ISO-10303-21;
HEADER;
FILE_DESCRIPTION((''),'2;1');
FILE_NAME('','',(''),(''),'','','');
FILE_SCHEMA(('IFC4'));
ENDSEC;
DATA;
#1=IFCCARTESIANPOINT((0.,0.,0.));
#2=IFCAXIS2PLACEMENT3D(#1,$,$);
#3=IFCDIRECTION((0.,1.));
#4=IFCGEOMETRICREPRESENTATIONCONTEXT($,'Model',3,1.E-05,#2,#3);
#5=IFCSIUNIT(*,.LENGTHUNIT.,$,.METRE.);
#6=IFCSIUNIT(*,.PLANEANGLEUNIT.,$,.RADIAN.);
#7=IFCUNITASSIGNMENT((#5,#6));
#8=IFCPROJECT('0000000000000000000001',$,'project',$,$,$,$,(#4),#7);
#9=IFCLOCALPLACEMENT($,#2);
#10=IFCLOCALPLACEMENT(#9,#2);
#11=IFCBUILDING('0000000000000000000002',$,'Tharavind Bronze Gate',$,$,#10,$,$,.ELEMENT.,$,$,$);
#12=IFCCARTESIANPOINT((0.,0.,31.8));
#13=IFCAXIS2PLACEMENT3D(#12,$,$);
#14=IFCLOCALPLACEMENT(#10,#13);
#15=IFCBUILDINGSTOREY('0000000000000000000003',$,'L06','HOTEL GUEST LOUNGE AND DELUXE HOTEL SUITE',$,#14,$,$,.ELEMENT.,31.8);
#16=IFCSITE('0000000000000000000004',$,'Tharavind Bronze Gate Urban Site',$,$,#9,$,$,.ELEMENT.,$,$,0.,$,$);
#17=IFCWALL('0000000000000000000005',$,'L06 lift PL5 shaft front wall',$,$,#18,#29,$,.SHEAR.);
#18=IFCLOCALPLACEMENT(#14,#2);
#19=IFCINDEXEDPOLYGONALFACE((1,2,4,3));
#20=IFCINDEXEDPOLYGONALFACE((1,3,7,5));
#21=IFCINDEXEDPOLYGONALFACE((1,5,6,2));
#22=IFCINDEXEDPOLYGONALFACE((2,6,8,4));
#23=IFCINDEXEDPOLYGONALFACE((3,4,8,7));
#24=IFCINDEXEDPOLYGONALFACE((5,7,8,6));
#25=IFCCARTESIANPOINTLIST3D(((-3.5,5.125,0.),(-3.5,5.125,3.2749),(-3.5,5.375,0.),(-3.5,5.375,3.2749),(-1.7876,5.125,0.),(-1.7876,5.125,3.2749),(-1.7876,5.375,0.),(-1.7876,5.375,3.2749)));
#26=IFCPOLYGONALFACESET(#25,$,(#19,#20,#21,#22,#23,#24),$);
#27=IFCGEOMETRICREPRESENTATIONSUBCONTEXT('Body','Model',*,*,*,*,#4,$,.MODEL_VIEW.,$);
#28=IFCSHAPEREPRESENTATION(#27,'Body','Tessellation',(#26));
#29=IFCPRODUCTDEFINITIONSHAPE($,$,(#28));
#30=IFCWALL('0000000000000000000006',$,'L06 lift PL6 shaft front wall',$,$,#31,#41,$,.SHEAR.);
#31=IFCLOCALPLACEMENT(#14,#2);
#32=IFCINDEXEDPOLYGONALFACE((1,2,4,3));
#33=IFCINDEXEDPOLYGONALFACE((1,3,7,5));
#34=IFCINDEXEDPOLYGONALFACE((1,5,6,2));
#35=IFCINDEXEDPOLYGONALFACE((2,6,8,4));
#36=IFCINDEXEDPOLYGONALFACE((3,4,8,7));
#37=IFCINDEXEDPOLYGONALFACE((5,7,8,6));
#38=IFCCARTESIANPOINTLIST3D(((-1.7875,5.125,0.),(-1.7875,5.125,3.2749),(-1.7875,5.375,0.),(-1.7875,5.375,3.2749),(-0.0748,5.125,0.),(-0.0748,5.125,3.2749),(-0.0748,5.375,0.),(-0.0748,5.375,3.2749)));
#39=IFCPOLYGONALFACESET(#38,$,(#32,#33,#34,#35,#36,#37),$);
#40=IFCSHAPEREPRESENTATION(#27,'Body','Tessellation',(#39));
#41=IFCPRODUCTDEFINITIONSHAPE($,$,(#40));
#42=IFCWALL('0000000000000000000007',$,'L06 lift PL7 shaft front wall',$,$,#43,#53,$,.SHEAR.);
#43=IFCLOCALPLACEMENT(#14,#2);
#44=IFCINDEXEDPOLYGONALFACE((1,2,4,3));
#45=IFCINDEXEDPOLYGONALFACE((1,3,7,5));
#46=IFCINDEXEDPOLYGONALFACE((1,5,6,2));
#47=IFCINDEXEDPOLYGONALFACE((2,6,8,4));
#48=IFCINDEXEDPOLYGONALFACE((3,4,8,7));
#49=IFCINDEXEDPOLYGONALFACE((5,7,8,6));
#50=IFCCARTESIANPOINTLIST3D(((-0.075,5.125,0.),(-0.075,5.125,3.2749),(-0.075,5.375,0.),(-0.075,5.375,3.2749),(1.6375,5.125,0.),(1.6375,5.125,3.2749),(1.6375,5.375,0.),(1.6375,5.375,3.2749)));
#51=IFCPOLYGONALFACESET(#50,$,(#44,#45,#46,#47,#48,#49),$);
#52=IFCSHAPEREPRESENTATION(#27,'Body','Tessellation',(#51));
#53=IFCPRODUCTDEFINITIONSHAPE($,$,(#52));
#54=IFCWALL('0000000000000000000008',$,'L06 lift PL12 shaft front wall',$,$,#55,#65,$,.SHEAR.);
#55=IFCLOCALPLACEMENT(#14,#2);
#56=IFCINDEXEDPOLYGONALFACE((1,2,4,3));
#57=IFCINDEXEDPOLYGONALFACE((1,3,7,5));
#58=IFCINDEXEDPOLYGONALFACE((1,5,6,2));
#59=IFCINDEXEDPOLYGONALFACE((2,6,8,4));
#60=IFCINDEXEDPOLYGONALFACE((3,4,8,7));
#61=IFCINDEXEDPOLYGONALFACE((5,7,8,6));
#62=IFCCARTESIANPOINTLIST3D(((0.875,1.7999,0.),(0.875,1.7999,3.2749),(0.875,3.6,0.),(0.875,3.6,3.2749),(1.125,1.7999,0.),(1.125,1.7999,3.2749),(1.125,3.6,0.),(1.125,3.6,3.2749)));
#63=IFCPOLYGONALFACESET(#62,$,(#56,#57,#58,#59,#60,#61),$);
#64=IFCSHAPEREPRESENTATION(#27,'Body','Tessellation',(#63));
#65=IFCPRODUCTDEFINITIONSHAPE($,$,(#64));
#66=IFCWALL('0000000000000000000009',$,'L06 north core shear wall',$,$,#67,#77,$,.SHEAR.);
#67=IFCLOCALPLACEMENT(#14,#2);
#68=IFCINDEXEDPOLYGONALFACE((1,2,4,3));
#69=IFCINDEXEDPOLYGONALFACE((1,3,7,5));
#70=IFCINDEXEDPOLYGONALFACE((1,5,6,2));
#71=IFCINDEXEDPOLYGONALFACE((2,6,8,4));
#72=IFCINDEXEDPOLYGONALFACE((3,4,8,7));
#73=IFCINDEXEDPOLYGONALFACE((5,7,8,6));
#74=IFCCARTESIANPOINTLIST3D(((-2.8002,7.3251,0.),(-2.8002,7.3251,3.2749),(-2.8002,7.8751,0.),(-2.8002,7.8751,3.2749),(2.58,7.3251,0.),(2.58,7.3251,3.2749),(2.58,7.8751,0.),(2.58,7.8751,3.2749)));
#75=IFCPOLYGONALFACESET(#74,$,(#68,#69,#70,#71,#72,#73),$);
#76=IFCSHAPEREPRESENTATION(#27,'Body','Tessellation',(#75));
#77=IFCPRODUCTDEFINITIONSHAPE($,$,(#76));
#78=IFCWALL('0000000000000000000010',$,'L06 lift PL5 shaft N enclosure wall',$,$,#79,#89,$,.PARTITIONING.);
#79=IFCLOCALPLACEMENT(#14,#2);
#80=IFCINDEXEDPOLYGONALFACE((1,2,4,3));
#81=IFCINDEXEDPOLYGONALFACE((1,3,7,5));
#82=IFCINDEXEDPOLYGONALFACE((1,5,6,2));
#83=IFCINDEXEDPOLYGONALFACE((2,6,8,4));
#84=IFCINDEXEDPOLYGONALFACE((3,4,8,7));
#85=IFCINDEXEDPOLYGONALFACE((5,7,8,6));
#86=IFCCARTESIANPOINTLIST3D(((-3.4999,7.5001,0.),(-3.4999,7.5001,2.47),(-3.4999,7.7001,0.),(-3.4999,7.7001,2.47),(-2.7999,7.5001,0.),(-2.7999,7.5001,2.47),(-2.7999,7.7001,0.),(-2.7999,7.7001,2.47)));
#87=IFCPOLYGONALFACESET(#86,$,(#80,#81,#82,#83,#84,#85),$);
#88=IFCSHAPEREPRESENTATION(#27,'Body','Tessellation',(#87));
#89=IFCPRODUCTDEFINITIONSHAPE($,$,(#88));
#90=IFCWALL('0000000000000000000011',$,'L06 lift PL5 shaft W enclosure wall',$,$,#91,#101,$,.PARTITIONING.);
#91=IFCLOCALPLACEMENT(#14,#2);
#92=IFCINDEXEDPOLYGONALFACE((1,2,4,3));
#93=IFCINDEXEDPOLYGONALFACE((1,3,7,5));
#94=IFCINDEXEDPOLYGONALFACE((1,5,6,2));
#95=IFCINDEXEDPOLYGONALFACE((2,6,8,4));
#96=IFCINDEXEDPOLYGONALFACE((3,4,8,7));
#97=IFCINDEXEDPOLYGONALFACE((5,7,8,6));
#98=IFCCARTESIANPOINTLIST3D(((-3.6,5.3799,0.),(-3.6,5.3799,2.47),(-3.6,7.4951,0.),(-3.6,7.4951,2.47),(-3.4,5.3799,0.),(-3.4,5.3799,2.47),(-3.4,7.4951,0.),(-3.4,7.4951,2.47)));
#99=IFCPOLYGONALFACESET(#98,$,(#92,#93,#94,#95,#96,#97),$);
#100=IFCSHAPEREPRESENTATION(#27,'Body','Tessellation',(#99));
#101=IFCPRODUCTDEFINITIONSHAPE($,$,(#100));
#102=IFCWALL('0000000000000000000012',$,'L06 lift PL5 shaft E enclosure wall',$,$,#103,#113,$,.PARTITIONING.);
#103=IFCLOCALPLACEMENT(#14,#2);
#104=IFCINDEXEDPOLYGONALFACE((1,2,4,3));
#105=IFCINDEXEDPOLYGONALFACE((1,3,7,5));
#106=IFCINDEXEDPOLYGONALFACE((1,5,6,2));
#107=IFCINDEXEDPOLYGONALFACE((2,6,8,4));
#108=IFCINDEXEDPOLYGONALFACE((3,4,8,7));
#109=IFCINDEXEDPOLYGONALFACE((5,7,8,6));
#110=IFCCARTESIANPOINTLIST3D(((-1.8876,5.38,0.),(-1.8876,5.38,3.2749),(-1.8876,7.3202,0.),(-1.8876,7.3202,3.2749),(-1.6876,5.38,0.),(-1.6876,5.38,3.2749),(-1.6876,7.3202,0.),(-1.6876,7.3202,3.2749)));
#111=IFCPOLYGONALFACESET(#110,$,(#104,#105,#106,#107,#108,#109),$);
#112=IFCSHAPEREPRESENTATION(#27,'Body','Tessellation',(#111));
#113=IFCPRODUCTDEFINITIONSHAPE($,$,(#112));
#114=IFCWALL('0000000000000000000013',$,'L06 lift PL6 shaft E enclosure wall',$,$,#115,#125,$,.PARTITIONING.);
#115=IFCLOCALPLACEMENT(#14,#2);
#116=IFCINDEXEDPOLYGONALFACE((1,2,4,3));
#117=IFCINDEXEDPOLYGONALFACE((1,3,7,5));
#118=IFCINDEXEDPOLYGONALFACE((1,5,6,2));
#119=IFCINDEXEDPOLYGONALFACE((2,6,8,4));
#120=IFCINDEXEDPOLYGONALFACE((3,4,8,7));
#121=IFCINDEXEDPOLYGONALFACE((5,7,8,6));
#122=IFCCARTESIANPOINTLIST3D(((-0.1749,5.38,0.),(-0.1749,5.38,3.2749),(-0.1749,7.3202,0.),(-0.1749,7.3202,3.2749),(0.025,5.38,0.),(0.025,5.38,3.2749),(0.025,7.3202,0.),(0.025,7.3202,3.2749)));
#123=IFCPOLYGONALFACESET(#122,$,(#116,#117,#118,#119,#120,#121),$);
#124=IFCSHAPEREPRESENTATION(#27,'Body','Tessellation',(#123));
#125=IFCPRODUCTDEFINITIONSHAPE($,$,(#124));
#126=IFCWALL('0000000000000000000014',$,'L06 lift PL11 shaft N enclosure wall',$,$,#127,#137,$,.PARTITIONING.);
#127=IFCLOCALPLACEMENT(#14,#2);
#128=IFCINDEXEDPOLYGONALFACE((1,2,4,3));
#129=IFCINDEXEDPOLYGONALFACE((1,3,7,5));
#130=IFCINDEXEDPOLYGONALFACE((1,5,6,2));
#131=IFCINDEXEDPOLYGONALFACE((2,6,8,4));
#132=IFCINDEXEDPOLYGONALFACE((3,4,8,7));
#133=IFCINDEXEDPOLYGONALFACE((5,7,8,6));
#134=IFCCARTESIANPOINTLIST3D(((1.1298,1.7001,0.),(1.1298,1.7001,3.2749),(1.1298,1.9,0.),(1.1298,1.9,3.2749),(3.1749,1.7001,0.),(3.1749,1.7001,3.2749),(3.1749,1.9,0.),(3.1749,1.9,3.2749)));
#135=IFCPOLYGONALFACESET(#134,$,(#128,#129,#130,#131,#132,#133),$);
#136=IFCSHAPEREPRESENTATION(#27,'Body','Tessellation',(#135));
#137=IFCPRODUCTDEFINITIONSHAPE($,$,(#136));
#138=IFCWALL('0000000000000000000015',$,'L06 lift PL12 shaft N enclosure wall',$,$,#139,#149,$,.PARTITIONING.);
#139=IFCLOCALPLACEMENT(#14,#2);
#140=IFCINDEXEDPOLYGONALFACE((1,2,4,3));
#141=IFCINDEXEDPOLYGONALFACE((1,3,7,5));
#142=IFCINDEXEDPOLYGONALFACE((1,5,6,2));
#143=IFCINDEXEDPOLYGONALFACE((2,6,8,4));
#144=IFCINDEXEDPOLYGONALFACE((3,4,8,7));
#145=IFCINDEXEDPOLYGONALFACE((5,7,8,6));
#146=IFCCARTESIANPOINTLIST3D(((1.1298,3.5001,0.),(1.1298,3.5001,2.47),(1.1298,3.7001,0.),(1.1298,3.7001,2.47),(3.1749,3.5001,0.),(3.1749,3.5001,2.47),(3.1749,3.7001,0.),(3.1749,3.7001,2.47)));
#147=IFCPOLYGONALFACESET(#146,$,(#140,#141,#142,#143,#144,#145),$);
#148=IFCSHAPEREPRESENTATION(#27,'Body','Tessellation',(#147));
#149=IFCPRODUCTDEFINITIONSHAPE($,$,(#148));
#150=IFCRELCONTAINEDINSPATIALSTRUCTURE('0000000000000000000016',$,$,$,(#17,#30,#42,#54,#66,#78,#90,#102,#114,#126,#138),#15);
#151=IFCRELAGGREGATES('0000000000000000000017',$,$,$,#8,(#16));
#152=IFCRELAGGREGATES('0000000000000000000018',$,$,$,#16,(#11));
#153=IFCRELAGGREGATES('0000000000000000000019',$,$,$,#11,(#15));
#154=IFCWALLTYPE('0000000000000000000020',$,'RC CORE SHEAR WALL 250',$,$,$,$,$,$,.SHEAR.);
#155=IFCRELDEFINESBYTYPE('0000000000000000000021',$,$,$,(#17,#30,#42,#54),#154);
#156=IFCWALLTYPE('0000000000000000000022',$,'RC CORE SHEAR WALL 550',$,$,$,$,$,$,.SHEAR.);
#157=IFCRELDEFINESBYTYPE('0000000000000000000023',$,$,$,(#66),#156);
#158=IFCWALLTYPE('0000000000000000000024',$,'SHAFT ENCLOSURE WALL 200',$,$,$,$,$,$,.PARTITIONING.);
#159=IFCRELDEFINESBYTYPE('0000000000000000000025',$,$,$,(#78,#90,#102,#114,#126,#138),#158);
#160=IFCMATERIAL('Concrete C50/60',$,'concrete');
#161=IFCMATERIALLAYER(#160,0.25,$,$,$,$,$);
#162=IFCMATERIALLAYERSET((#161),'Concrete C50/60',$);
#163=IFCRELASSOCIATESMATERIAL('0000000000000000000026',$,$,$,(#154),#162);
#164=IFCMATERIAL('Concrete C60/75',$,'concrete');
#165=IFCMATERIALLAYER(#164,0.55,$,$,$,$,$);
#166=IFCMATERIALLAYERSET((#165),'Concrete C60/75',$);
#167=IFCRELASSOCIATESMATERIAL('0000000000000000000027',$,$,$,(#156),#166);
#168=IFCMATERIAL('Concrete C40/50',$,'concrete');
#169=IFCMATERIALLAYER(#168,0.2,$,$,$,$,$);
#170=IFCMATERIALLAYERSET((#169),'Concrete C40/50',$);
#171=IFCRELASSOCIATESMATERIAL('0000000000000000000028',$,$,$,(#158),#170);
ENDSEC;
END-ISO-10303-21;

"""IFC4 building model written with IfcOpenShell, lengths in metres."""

from ifc_helpers import new_model, si_unit, direction, frame, frame_2d, origin, place, context, subcontext, project, spatial, rectangle, extrude, material, layer, layer_set, type_object, element, save


model = new_model("IFC4")

# Units and contexts
model_context = context("Model", 3, precision=1e-05, world=origin(), true_north=direction((0.0, 1.0)))
body_context = subcontext(model_context, "Body", "Model", "MODEL_VIEW")
ifc_project = project(units=[si_unit("LENGTHUNIT", "METRE"), si_unit("PLANEANGLEUNIT", "RADIAN")], contexts=[model_context])

# Site, building, storey
site_placement = place(None, origin())
site = spatial("IfcSite", under=ifc_project, at=site_placement, Name="Tharavind Bronze Gate Urban Site", CompositionType="ELEMENT", RefElevation=0.0)
building_placement = place(site_placement, origin())
building = spatial("IfcBuilding", under=site, at=building_placement, Name="Tharavind Bronze Gate", CompositionType="ELEMENT")
storey_placement = place(building_placement, frame((0.0, 0.0, 31.8)))
storey = spatial("IfcBuildingStorey", under=building, at=storey_placement, Name="L06", Description="HOTEL GUEST LOUNGE AND DELUXE HOTEL SUITE", CompositionType="ELEMENT", Elevation=31.8)

# Shared definitions
ifc_material_1 = material(Name="Concrete C40/50", Category="concrete")

# Walls
ifc_material_2 = material(Name="Concrete C50/60", Category="concrete")
ifc_layer_1 = layer(ifc_material_2, 0.25)
ifc_layer_set_1 = layer_set([ifc_layer_1], Name="Concrete C50/60")
wall_type_1 = type_object("IfcWallType", Name="RC CORE SHEAR WALL 250", PredefinedType="SHEAR", material=ifc_layer_set_1)
wall_1_placement = place(storey_placement, frame((-3.5, 5.25, 0.0), z_axis=(0.0, 0.0, 1.0), x_axis=(1.0, 0.0, 0.0)))
element("IfcWall", 1, at=wall_1_placement, inside=storey, type_object=wall_type_1, Name="L06 lift PL5 shaft front wall", PredefinedType="SHEAR", context=body_context, shape_type="SweptSolid", body=[
    extrude(rectangle(XDim=1.7124, YDim=0.25, at=frame_2d((0.8562, 0.0))), origin(), (0.0, 0.0, 1.0), 3.2749),
])
wall_2_placement = place(storey_placement, frame((-1.7876, 5.25, 0.0), z_axis=(0.0, 0.0, 1.0), x_axis=(1.0, 0.0, 0.0)))
element("IfcWall", 2, at=wall_2_placement, inside=storey, type_object=wall_type_1, Name="L06 lift PL6 shaft front wall", PredefinedType="SHEAR", context=body_context, shape_type="SweptSolid", body=[
    extrude(rectangle(XDim=1.7126, YDim=0.25, at=frame_2d((0.8564, 0.0))), origin(), (0.0, 0.0, 1.0), 3.2749),
])
wall_3_placement = place(storey_placement, frame((-0.075, 5.25, 0.0), z_axis=(0.0, 0.0, 1.0), x_axis=(1.0, 0.0, 0.0)))
element("IfcWall", 3, at=wall_3_placement, inside=storey, type_object=wall_type_1, Name="L06 lift PL7 shaft front wall", PredefinedType="SHEAR", context=body_context, shape_type="SweptSolid", body=[
    extrude(rectangle(XDim=1.7124, YDim=0.25, at=frame_2d((0.8562, 0.0))), origin(), (0.0, 0.0, 1.0), 3.2749),
])
wall_4_placement = place(storey_placement, frame((1.0, 1.8, 0.0), z_axis=(0.0, 0.0, 1.0), x_axis=(0.0, 1.0, 0.0)))
element("IfcWall", 4, at=wall_4_placement, inside=storey, type_object=wall_type_1, Name="L06 lift PL12 shaft front wall", PredefinedType="SHEAR", context=body_context, shape_type="SweptSolid", body=[
    extrude(rectangle(XDim=1.8, YDim=0.25, at=frame_2d((0.8999, 0.0))), origin(), (0.0, 0.0, 1.0), 3.2749),
])
ifc_material_3 = material(Name="Concrete C60/75", Category="concrete")
ifc_layer_2 = layer(ifc_material_3, 0.55)
ifc_layer_set_2 = layer_set([ifc_layer_2], Name="Concrete C60/75")
wall_type_2 = type_object("IfcWallType", Name="RC CORE SHEAR WALL 550", PredefinedType="SHEAR", material=ifc_layer_set_2)
wall_5_placement = place(storey_placement, frame((-2.8, 7.6001, 0.0), z_axis=(0.0, 0.0, 1.0), x_axis=(1.0, 0.0, 0.0)))
element("IfcWall", 5, at=wall_5_placement, inside=storey, type_object=wall_type_2, Name="L06 north core shear wall", PredefinedType="SHEAR", context=body_context, shape_type="SweptSolid", body=[
    extrude(rectangle(XDim=5.3801, YDim=0.55, at=frame_2d((2.6899, 0.0))), origin(), (0.0, 0.0, 1.0), 3.2749),
])
ifc_layer_3 = layer(ifc_material_1, 0.2)
ifc_layer_set_3 = layer_set([ifc_layer_3], Name="Concrete C40/50")
wall_type_3 = type_object("IfcWallType", Name="SHAFT ENCLOSURE WALL 200", PredefinedType="PARTITIONING", material=ifc_layer_set_3)
wall_6_placement = place(storey_placement, frame((-3.5, 7.6001, 0.0), z_axis=(0.0, 0.0, 1.0), x_axis=(1.0, 0.0, 0.0)))
element("IfcWall", 6, at=wall_6_placement, inside=storey, type_object=wall_type_3, Name="L06 lift PL5 shaft N enclosure wall", PredefinedType="PARTITIONING", context=body_context, shape_type="SweptSolid", body=[
    extrude(rectangle(XDim=0.7, YDim=0.2, at=frame_2d((0.3501, 0.0))), origin(), (0.0, 0.0, 1.0), 2.47),
])
wall_7_placement = place(storey_placement, frame((-3.5, 5.3799, 0.0), z_axis=(0.0, 0.0, 1.0), x_axis=(0.0, 1.0, 0.0)))
element("IfcWall", 7, at=wall_7_placement, inside=storey, type_object=wall_type_3, Name="L06 lift PL5 shaft W enclosure wall", PredefinedType="PARTITIONING", context=body_context, shape_type="SweptSolid", body=[
    extrude(rectangle(XDim=2.1152, YDim=0.2, at=frame_2d((1.0576, 0.0))), origin(), (0.0, 0.0, 1.0), 2.47),
])
for number, where, z_axis, x_axis, name in (
    (8, (-1.7876, 5.3799, 0.0), (0.0, 0.0, 1.0), (0.0, 1.0, 0.0), "L06 lift PL5 shaft E enclosure wall"),
    (9, (-0.075, 5.3799, 0.0), (0.0, 0.0, 1.0), (0.0, 1.0, 0.0), "L06 lift PL6 shaft E enclosure wall"),
):
    element("IfcWall", number, at=place(storey_placement, frame(where, z_axis=z_axis, x_axis=x_axis)), inside=storey, type_object=wall_type_3, Name=name, PredefinedType="PARTITIONING", context=body_context, shape_type="SweptSolid", body=[
        extrude(rectangle(XDim=1.9402, YDim=0.2, at=frame_2d((0.9702, 0.0))), origin(), (0.0, 0.0, 1.0), 3.2749),
    ])
wall_8_placement = place(storey_placement, frame((1.1299, 1.8, 0.0), z_axis=(0.0, 0.0, 1.0), x_axis=(1.0, 0.0, 0.0)))
element("IfcWall", 10, at=wall_8_placement, inside=storey, type_object=wall_type_3, Name="L06 lift PL11 shaft N enclosure wall", PredefinedType="PARTITIONING", context=body_context, shape_type="SweptSolid", body=[
    extrude(rectangle(XDim=2.0452, YDim=0.2, at=frame_2d((1.0225, 0.0))), origin(), (0.0, 0.0, 1.0), 3.2749),
])
wall_9_placement = place(storey_placement, frame((1.1299, 3.6001, 0.0), z_axis=(0.0, 0.0, 1.0), x_axis=(1.0, 0.0, 0.0)))
element("IfcWall", 11, at=wall_9_placement, inside=storey, type_object=wall_type_3, Name="L06 lift PL12 shaft N enclosure wall", PredefinedType="PARTITIONING", context=body_context, shape_type="SweptSolid", body=[
    extrude(rectangle(XDim=2.0452, YDim=0.2, at=frame_2d((1.0225, 0.0))), origin(), (0.0, 0.0, 1.0), 2.47),
])

save(model, "model.ifc")
